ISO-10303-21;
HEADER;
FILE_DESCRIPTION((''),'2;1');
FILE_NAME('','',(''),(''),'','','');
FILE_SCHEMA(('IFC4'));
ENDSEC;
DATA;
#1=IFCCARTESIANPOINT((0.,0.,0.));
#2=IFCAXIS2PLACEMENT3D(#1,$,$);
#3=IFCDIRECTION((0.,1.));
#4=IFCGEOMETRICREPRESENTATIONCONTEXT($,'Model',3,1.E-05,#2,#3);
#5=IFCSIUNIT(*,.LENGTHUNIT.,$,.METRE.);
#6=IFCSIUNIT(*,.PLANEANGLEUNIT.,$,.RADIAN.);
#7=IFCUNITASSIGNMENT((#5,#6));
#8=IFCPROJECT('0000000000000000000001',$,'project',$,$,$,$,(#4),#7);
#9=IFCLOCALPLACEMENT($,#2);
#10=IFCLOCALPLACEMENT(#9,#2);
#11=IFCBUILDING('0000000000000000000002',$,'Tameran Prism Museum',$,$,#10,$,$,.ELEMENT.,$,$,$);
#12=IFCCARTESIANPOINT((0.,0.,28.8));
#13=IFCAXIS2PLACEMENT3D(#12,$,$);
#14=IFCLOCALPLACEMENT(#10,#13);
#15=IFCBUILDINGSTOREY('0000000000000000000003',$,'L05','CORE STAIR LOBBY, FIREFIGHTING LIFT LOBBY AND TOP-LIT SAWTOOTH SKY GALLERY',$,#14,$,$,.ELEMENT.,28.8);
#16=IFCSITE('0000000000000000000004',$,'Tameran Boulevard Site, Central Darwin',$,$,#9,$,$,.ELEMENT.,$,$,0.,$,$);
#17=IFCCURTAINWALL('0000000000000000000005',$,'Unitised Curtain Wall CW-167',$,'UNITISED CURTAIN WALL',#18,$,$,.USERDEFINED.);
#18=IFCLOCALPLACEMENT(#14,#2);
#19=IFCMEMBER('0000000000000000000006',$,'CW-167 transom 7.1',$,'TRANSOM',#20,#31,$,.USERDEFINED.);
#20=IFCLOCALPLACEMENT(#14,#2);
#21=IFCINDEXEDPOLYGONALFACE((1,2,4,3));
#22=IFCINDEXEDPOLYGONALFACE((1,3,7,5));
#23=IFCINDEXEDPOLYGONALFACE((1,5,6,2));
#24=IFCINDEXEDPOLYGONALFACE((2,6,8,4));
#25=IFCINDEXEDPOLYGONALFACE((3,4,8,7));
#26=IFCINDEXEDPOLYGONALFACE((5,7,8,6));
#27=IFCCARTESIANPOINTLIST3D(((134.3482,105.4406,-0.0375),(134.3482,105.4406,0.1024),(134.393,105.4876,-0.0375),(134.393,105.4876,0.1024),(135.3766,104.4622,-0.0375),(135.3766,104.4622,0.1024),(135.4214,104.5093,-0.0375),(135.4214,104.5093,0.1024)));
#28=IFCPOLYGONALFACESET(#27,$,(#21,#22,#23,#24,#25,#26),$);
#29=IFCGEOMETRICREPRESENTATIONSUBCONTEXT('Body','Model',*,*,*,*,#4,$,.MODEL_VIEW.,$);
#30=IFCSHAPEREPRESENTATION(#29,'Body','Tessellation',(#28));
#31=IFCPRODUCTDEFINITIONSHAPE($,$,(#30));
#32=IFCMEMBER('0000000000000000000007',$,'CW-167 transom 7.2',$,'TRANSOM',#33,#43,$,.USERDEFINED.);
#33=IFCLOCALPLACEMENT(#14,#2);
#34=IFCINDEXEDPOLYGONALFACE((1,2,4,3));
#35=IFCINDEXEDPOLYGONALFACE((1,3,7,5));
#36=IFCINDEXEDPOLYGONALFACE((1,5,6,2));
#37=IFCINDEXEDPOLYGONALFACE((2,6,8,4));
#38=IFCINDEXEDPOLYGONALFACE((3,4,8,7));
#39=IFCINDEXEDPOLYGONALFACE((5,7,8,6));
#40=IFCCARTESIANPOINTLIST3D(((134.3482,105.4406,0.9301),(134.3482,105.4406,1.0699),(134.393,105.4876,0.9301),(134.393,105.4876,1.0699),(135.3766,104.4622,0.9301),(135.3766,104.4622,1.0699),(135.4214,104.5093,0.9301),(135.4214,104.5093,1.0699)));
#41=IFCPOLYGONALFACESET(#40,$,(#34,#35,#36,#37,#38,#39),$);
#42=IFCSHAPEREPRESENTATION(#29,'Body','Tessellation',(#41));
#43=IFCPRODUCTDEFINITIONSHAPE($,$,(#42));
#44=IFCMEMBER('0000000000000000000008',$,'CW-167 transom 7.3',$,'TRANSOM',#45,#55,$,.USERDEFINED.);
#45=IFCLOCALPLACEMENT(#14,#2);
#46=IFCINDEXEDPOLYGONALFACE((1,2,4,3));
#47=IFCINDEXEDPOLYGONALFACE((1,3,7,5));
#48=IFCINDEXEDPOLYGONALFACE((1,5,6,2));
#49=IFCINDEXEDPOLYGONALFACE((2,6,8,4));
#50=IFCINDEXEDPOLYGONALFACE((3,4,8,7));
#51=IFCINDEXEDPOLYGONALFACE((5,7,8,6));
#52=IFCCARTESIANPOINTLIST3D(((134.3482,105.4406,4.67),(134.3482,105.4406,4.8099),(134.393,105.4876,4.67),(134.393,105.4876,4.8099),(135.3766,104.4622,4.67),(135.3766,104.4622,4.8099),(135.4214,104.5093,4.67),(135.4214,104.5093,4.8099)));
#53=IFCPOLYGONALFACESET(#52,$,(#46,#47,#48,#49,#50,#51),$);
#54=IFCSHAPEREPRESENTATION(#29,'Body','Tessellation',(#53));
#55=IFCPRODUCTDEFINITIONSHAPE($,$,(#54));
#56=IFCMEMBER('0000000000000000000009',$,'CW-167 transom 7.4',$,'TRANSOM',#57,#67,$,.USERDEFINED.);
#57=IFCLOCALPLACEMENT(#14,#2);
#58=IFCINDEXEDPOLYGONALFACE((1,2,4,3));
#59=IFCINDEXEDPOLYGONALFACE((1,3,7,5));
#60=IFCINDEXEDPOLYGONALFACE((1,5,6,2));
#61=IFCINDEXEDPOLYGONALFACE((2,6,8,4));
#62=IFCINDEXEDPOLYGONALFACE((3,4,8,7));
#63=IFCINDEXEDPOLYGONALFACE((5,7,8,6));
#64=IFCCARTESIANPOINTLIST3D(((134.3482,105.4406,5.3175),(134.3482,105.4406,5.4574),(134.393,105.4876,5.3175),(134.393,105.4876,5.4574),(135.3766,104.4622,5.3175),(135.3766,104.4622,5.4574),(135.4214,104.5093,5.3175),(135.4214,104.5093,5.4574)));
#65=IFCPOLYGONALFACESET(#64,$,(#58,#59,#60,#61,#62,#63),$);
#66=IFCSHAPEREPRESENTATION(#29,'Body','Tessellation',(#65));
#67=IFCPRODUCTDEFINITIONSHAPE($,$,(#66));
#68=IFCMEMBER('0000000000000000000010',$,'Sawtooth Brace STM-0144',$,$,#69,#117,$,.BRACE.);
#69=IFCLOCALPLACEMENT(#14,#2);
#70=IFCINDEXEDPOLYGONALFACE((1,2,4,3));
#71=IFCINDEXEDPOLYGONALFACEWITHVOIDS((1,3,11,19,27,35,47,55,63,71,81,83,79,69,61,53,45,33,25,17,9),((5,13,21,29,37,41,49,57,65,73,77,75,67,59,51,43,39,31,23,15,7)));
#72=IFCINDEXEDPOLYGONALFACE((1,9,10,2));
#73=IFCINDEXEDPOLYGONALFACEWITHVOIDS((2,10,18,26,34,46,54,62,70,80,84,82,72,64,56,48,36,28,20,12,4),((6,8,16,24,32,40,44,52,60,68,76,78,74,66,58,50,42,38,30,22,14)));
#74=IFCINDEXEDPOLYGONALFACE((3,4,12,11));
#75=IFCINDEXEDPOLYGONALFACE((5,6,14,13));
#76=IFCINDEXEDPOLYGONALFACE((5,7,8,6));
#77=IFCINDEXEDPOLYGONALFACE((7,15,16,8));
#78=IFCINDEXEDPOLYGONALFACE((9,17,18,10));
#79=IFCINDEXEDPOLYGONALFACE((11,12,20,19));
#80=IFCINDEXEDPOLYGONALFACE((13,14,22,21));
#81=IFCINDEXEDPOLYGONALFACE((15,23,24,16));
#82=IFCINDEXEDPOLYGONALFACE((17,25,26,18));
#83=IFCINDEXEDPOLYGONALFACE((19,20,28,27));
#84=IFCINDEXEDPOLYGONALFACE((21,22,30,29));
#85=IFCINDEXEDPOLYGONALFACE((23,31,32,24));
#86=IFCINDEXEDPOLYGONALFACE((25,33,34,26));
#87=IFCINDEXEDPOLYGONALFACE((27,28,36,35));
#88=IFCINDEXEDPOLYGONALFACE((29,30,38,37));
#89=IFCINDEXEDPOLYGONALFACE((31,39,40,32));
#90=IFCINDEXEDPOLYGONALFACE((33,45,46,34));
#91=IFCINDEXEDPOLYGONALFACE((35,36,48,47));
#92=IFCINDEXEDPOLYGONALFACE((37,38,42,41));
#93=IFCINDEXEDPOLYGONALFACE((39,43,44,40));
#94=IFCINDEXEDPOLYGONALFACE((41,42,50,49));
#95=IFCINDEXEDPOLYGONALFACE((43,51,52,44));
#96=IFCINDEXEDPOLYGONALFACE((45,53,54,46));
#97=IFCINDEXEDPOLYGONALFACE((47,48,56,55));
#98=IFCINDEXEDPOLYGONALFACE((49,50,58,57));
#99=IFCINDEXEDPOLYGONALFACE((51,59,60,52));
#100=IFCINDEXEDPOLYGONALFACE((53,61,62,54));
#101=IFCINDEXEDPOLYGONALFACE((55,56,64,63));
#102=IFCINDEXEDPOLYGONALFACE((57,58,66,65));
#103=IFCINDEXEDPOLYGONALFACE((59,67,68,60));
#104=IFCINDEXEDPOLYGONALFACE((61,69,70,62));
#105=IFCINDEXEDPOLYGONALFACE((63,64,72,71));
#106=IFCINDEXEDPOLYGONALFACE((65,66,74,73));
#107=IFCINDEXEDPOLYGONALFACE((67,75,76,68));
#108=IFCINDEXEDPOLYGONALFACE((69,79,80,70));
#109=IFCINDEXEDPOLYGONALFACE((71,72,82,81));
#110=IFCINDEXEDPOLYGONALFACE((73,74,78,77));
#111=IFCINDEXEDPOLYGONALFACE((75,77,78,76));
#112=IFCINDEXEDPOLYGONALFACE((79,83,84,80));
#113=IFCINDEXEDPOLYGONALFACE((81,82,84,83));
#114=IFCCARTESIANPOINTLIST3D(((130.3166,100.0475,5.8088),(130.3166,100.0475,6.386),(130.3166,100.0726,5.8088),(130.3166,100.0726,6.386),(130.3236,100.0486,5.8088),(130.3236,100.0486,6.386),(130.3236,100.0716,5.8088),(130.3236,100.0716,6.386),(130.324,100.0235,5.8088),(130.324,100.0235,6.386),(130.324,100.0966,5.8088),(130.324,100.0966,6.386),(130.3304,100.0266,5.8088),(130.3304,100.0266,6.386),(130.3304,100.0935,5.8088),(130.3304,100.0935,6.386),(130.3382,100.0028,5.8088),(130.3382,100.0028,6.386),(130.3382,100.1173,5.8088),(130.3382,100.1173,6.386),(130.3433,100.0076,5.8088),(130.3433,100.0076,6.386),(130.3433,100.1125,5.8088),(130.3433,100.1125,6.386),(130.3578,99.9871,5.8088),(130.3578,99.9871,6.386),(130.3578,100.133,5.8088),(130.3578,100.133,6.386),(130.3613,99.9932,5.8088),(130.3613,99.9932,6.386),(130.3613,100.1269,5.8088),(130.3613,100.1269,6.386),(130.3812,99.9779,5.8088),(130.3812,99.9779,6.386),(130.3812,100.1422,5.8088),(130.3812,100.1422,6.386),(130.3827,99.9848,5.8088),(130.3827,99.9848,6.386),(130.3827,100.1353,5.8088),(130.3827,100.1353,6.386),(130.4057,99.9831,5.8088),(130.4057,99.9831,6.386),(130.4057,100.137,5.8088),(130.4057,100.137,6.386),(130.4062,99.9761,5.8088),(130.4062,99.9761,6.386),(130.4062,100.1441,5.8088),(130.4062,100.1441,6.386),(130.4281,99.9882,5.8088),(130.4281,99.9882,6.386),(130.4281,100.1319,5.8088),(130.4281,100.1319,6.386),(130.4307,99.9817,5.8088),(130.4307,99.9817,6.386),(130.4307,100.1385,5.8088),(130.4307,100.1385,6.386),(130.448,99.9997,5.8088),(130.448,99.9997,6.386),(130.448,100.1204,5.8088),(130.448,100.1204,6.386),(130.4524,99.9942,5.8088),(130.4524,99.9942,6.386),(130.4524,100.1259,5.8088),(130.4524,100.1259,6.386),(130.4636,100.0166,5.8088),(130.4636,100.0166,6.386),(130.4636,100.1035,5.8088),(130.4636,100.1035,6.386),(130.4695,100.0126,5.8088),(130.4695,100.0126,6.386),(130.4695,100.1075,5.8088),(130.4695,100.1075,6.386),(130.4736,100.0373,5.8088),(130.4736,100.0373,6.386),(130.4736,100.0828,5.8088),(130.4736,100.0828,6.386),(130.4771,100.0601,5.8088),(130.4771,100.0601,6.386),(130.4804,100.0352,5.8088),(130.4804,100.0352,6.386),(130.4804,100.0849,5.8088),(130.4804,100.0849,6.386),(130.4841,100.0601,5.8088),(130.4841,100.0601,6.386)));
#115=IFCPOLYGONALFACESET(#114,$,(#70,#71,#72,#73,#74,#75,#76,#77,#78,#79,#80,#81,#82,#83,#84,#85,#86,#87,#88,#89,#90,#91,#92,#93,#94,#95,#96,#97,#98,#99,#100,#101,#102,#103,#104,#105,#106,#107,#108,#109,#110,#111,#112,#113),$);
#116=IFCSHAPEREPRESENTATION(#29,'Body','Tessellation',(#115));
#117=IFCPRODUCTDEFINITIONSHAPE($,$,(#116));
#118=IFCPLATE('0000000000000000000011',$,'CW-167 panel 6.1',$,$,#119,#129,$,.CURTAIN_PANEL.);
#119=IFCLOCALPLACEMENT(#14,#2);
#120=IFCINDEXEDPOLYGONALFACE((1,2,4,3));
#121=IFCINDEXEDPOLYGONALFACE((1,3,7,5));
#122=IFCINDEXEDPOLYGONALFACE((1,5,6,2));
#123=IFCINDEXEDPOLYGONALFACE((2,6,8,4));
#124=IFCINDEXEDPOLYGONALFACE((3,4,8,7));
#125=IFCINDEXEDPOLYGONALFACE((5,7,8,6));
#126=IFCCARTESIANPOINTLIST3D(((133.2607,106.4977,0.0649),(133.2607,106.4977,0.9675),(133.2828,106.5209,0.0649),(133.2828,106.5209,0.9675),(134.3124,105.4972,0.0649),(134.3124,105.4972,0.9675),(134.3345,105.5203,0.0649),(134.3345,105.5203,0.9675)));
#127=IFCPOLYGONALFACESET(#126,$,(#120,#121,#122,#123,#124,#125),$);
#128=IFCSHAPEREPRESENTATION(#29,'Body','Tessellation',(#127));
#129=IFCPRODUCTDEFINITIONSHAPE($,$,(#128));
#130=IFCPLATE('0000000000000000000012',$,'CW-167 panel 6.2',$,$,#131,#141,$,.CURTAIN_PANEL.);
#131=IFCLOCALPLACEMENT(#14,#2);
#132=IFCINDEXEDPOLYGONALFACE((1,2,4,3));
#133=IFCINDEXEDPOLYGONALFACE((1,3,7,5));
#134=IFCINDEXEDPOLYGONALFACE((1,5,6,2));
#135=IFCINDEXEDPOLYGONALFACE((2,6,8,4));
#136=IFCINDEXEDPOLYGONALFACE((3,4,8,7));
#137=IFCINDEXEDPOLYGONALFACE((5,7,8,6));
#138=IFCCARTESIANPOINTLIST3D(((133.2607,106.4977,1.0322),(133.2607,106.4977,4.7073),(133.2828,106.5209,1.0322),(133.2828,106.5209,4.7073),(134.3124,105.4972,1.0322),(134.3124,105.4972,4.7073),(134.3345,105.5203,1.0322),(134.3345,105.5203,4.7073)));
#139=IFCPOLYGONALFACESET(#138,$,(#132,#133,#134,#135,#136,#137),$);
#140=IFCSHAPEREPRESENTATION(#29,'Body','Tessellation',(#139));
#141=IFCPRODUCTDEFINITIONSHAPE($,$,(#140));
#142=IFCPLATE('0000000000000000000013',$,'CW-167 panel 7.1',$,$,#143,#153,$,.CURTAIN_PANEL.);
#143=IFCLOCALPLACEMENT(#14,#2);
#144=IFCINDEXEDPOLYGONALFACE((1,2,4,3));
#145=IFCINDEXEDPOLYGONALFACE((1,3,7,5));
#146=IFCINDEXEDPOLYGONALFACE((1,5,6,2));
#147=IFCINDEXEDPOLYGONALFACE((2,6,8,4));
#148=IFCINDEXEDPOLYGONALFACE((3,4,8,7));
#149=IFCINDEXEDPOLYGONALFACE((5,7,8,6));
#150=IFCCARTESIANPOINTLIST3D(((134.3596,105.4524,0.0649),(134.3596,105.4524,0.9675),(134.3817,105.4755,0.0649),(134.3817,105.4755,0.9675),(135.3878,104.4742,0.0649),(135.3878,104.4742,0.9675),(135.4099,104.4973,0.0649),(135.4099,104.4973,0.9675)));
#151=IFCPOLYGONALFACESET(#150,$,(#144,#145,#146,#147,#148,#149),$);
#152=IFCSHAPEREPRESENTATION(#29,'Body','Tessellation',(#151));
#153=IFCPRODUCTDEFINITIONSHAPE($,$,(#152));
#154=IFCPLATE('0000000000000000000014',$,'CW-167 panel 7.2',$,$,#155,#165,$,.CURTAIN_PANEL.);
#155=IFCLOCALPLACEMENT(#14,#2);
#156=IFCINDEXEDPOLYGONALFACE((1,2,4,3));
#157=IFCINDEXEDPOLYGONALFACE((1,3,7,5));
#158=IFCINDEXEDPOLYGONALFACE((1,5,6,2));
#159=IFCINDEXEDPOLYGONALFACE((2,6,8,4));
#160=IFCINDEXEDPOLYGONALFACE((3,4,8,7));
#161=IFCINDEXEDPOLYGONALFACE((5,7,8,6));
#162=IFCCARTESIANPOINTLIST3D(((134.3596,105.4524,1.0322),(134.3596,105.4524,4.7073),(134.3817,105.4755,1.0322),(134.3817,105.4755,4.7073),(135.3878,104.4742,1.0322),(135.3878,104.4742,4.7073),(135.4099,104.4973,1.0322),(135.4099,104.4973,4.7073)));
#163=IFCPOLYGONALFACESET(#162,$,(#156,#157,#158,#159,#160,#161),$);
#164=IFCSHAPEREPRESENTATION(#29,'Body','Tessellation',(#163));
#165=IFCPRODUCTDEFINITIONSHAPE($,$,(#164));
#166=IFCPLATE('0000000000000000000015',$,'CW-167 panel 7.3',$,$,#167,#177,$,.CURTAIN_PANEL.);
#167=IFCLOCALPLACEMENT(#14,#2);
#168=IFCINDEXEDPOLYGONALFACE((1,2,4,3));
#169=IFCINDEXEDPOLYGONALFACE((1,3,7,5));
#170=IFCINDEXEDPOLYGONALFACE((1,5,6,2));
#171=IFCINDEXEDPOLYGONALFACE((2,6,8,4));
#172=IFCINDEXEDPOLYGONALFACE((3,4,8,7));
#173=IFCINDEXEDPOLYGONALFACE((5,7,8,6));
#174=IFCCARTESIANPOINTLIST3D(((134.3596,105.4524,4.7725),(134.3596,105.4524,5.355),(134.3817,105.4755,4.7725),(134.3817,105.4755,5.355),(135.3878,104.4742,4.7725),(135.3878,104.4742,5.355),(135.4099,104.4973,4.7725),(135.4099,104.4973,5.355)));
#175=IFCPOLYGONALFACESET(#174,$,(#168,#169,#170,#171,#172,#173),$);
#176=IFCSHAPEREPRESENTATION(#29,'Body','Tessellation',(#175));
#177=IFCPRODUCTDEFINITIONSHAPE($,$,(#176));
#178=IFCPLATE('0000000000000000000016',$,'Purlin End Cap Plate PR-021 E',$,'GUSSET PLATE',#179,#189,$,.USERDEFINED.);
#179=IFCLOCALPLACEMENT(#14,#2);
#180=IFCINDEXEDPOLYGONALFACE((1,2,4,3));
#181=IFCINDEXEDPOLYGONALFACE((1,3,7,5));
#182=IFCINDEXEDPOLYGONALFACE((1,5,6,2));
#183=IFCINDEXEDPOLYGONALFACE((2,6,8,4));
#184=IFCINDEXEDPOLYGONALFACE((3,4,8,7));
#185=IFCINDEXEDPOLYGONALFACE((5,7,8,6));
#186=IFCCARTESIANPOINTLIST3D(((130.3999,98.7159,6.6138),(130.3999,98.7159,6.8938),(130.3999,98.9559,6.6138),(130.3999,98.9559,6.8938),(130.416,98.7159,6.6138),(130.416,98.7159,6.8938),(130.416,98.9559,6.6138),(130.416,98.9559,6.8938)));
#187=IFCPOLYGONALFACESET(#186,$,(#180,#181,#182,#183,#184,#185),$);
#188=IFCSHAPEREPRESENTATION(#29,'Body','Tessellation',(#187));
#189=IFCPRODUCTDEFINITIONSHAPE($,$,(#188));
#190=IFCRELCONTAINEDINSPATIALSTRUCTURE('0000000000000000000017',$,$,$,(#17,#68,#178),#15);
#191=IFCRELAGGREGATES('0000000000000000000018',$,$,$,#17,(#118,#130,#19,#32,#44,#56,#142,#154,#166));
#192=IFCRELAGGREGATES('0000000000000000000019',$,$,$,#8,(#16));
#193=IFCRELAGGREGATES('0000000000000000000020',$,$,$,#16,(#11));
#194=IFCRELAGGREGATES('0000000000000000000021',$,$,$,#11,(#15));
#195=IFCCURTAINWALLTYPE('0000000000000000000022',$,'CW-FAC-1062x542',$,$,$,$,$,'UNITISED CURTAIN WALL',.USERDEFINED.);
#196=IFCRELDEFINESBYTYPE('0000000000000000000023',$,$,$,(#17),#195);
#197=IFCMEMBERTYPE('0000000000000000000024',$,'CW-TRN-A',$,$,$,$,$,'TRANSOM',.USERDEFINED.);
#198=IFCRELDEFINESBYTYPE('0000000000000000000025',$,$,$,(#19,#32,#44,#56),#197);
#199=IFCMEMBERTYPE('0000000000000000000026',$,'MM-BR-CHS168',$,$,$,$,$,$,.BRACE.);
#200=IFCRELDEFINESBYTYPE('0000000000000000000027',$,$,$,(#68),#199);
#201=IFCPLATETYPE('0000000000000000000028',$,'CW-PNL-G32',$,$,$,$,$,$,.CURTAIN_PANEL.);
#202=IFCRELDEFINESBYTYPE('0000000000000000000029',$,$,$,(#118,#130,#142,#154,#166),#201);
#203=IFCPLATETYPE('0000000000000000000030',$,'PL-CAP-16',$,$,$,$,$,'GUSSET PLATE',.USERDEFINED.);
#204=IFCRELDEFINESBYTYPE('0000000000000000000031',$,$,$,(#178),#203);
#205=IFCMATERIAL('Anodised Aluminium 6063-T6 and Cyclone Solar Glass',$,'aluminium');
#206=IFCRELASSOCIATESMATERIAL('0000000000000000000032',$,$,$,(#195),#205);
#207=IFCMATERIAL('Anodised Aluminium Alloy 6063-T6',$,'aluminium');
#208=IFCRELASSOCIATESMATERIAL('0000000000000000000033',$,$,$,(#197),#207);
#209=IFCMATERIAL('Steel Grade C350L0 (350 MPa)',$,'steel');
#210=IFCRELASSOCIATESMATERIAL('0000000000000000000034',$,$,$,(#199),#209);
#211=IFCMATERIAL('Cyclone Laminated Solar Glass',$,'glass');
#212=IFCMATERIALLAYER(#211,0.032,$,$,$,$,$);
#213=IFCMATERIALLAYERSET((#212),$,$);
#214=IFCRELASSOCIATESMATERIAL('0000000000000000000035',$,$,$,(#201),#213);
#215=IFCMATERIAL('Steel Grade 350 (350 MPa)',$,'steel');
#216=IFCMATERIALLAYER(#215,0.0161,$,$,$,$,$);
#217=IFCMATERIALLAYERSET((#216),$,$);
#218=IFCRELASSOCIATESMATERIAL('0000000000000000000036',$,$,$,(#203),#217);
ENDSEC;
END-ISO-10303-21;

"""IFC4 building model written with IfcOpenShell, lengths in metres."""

from ifc_helpers import new_model, si_unit, direction, frame, origin, origin_2d, place, context, subcontext, project, spatial, rectangle, hollow_circle, extrude, material, layer, layer_set, material_profile, profile_set, type_object, element, aggregate, save


model = new_model("IFC4")

# Units and contexts
model_context = context("Model", 3, precision=1e-05, world=origin(), true_north=direction((0.0, 1.0)))
body_context = subcontext(model_context, "Body", "Model", "MODEL_VIEW")
ifc_project = project(units=[si_unit("LENGTHUNIT", "METRE"), si_unit("PLANEANGLEUNIT", "RADIAN")], contexts=[model_context])

# Site, building, storey
site_placement = place(None, origin())
site = spatial("IfcSite", under=ifc_project, at=site_placement, Name="Tameran Boulevard Site, Central Darwin", CompositionType="ELEMENT", RefElevation=0.0)
building_placement = place(site_placement, origin())
building = spatial("IfcBuilding", under=site, at=building_placement, Name="Tameran Prism Museum", CompositionType="ELEMENT")
storey_placement = place(building_placement, frame((0.0, 0.0, 28.8)))
storey = spatial("IfcBuildingStorey", under=building, at=storey_placement, Name="L05", Description="CORE STAIR LOBBY, FIREFIGHTING LIFT LOBBY AND TOP-LIT SAWTOOTH SKY GALLERY", CompositionType="ELEMENT", Elevation=28.8)

# Curtain wall, members
ifc_material_1 = material(Name="Anodised Aluminium 6063-T6 and Cyclone Solar Glass", Category="aluminium")
curtain_wall_type = type_object("IfcCurtainWallType", Name="CW-FAC-1062x542", ElementType="UNITISED CURTAIN WALL", PredefinedType="USERDEFINED", material=ifc_material_1)
curtain_wall_placement = place(storey_placement, origin())
curtain_wall = element("IfcCurtainWall", 1, at=curtain_wall_placement, inside=storey, type_object=curtain_wall_type, Name="Unitised Curtain Wall CW-167", ObjectType="UNITISED CURTAIN WALL", PredefinedType="USERDEFINED")
ifc_material_2 = material(Name="Anodised Aluminium Alloy 6063-T6", Category="aluminium")
ifc_material_profile_1 = material_profile(ifc_material_2, rectangle(XDim=0.0649, YDim=0.1399, at=origin_2d()))
ifc_profile_set_1 = profile_set([ifc_material_profile_1])
member_type_1 = type_object("IfcMemberType", Name="CW-TRN-A", ElementType="TRANSOM", PredefinedType="USERDEFINED", material=ifc_profile_set_1)
member_1_placement = place(storey_placement, frame((134.3706, 105.4641, 0.0325), z_axis=(0.724518, -0.689256, 0.0), x_axis=(0.689256, 0.724518, 0.0)))
member_1 = element("IfcMember", 2, at=member_1_placement, type_object=member_type_1, Name="CW-167 transom 7.1", ObjectType="TRANSOM", PredefinedType="USERDEFINED", context=body_context, shape_type="SweptSolid", body=[
    extrude(rectangle(XDim=0.0649, YDim=0.1399, at=origin_2d()), origin(), (0.0, 0.0, 1.0), 1.4194),
])
member_2_placement = place(storey_placement, frame((134.3706, 105.4641, 1.0), z_axis=(0.724518, -0.689256, 0.0), x_axis=(0.689256, 0.724518, 0.0)))
member_2 = element("IfcMember", 3, at=member_2_placement, type_object=member_type_1, Name="CW-167 transom 7.2", ObjectType="TRANSOM", PredefinedType="USERDEFINED", context=body_context, shape_type="SweptSolid", body=[
    extrude(rectangle(XDim=0.0649, YDim=0.1399, at=origin_2d()), origin(), (0.0, 0.0, 1.0), 1.4194),
])
member_3_placement = place(storey_placement, frame((134.3706, 105.4641, 4.74), z_axis=(0.724518, -0.689256, 0.0), x_axis=(0.689256, 0.724518, 0.0)))
member_3 = element("IfcMember", 4, at=member_3_placement, type_object=member_type_1, Name="CW-167 transom 7.3", ObjectType="TRANSOM", PredefinedType="USERDEFINED", context=body_context, shape_type="SweptSolid", body=[
    extrude(rectangle(XDim=0.0649, YDim=0.1399, at=origin_2d()), origin(), (0.0, 0.0, 1.0), 1.4194),
])
member_4_placement = place(storey_placement, frame((134.3706, 105.4641, 5.3875), z_axis=(0.724518, -0.689256, 0.0), x_axis=(0.689256, 0.724518, 0.0)))
member_4 = element("IfcMember", 5, at=member_4_placement, type_object=member_type_1, Name="CW-167 transom 7.4", ObjectType="TRANSOM", PredefinedType="USERDEFINED", context=body_context, shape_type="SweptSolid", body=[
    extrude(rectangle(XDim=0.0649, YDim=0.1399, at=origin_2d()), origin(), (0.0, 0.0, 1.0), 1.4194),
])

# Member
ifc_material_3 = material(Name="Steel Grade C350L0 (350 MPa)", Category="steel")
ifc_material_profile_2 = material_profile(ifc_material_3, hollow_circle(Radius=0.0842, WallThickness=0.0071, at=origin_2d()))
ifc_profile_set_2 = profile_set([ifc_material_profile_2])
member_type_2 = type_object("IfcMemberType", Name="MM-BR-CHS168", PredefinedType="BRACE", material=ifc_profile_set_2)
member_5_placement = place(storey_placement, frame((130.3999, 100.0601, 6.386), z_axis=(0.0, 0.0, -1.0), x_axis=(1.0, 0.0, 0.0)))
element("IfcMember", 6, at=member_5_placement, inside=storey, type_object=member_type_2, Name="Sawtooth Brace STM-0144", PredefinedType="BRACE", context=body_context, shape_type="SweptSolid", body=[
    extrude(hollow_circle(Radius=0.0842, WallThickness=0.0071, at=origin_2d()), origin(), (0.0, 0.0, 1.0), 0.5771),
])

# Plates
ifc_material_4 = material(Name="Cyclone Laminated Solar Glass", Category="glass")
ifc_layer_1 = layer(ifc_material_4, 0.032)
ifc_layer_set_1 = layer_set([ifc_layer_1])
plate_type_1 = type_object("IfcPlateType", Name="CW-PNL-G32", PredefinedType="CURTAIN_PANEL", material=ifc_layer_set_1)
plate_1_placement = place(storey_placement, frame((133.7976, 106.009, 0.0649), z_axis=(0.0, 0.0, 1.0), x_axis=(0.724501, -0.689274, 0.0)))
plate_1 = element("IfcPlate", 7, at=plate_1_placement, type_object=plate_type_1, Name="CW-167 panel 6.1", PredefinedType="CURTAIN_PANEL", context=body_context, shape_type="SweptSolid", body=[
    extrude(rectangle(XDim=1.4517, YDim=0.032, at=origin_2d()), origin(), (0.0, 0.0, 1.0), 0.9026),
])
plate_2_placement = place(storey_placement, frame((133.7976, 106.009, 1.0322), z_axis=(0.0, 0.0, 1.0), x_axis=(0.724501, -0.689274, 0.0)))
plate_2 = element("IfcPlate", 8, at=plate_2_placement, type_object=plate_type_1, Name="CW-167 panel 6.2", PredefinedType="CURTAIN_PANEL", context=body_context, shape_type="SweptSolid", body=[
    extrude(rectangle(XDim=1.4517, YDim=0.032, at=origin_2d()), origin(), (0.0, 0.0, 1.0), 3.675),
])
plate_3_placement = place(storey_placement, frame((134.8848, 104.9749, 0.0649), z_axis=(0.0, 0.0, 1.0), x_axis=(0.724501, -0.689274, 0.0)))
plate_3 = element("IfcPlate", 9, at=plate_3_placement, type_object=plate_type_1, Name="CW-167 panel 7.1", PredefinedType="CURTAIN_PANEL", context=body_context, shape_type="SweptSolid", body=[
    extrude(rectangle(XDim=1.4192, YDim=0.032, at=origin_2d()), origin(), (0.0, 0.0, 1.0), 0.9026),
])
plate_4_placement = place(storey_placement, frame((134.8848, 104.9749, 1.0322), z_axis=(0.0, 0.0, 1.0), x_axis=(0.724501, -0.689274, 0.0)))
plate_4 = element("IfcPlate", 10, at=plate_4_placement, type_object=plate_type_1, Name="CW-167 panel 7.2", PredefinedType="CURTAIN_PANEL", context=body_context, shape_type="SweptSolid", body=[
    extrude(rectangle(XDim=1.4192, YDim=0.032, at=origin_2d()), origin(), (0.0, 0.0, 1.0), 3.675),
])
plate_5_placement = place(storey_placement, frame((134.8848, 104.9749, 4.7725), z_axis=(0.0, 0.0, 1.0), x_axis=(0.724501, -0.689274, 0.0)))
plate_5 = element("IfcPlate", 11, at=plate_5_placement, type_object=plate_type_1, Name="CW-167 panel 7.3", PredefinedType="CURTAIN_PANEL", context=body_context, shape_type="SweptSolid", body=[
    extrude(rectangle(XDim=1.4192, YDim=0.032, at=origin_2d()), origin(), (0.0, 0.0, 1.0), 0.5825),
])
aggregate(curtain_wall, [plate_1, plate_2, member_1, member_2, member_3, member_4, plate_3, plate_4, plate_5])

# Plate
ifc_material_5 = material(Name="Steel Grade 350 (350 MPa)", Category="steel")
ifc_layer_2 = layer(ifc_material_5, 0.0161)
ifc_layer_set_2 = layer_set([ifc_layer_2])
plate_type_2 = type_object("IfcPlateType", Name="PL-CAP-16", ElementType="GUSSET PLATE", PredefinedType="USERDEFINED", material=ifc_layer_set_2)
plate_6_placement = place(storey_placement, frame((130.408, 98.8359, 6.6138), z_axis=(0.0, 0.0, 1.0), x_axis=(1.0, 0.0, 0.0)))
element("IfcPlate", 12, at=plate_6_placement, inside=storey, type_object=plate_type_2, Name="Purlin End Cap Plate PR-021 E", ObjectType="GUSSET PLATE", PredefinedType="USERDEFINED", context=body_context, shape_type="SweptSolid", body=[
    extrude(rectangle(XDim=0.0161, YDim=0.24, at=origin_2d()), origin(), (0.0, 0.0, 1.0), 0.28),
])

save(model, "model.ifc")
